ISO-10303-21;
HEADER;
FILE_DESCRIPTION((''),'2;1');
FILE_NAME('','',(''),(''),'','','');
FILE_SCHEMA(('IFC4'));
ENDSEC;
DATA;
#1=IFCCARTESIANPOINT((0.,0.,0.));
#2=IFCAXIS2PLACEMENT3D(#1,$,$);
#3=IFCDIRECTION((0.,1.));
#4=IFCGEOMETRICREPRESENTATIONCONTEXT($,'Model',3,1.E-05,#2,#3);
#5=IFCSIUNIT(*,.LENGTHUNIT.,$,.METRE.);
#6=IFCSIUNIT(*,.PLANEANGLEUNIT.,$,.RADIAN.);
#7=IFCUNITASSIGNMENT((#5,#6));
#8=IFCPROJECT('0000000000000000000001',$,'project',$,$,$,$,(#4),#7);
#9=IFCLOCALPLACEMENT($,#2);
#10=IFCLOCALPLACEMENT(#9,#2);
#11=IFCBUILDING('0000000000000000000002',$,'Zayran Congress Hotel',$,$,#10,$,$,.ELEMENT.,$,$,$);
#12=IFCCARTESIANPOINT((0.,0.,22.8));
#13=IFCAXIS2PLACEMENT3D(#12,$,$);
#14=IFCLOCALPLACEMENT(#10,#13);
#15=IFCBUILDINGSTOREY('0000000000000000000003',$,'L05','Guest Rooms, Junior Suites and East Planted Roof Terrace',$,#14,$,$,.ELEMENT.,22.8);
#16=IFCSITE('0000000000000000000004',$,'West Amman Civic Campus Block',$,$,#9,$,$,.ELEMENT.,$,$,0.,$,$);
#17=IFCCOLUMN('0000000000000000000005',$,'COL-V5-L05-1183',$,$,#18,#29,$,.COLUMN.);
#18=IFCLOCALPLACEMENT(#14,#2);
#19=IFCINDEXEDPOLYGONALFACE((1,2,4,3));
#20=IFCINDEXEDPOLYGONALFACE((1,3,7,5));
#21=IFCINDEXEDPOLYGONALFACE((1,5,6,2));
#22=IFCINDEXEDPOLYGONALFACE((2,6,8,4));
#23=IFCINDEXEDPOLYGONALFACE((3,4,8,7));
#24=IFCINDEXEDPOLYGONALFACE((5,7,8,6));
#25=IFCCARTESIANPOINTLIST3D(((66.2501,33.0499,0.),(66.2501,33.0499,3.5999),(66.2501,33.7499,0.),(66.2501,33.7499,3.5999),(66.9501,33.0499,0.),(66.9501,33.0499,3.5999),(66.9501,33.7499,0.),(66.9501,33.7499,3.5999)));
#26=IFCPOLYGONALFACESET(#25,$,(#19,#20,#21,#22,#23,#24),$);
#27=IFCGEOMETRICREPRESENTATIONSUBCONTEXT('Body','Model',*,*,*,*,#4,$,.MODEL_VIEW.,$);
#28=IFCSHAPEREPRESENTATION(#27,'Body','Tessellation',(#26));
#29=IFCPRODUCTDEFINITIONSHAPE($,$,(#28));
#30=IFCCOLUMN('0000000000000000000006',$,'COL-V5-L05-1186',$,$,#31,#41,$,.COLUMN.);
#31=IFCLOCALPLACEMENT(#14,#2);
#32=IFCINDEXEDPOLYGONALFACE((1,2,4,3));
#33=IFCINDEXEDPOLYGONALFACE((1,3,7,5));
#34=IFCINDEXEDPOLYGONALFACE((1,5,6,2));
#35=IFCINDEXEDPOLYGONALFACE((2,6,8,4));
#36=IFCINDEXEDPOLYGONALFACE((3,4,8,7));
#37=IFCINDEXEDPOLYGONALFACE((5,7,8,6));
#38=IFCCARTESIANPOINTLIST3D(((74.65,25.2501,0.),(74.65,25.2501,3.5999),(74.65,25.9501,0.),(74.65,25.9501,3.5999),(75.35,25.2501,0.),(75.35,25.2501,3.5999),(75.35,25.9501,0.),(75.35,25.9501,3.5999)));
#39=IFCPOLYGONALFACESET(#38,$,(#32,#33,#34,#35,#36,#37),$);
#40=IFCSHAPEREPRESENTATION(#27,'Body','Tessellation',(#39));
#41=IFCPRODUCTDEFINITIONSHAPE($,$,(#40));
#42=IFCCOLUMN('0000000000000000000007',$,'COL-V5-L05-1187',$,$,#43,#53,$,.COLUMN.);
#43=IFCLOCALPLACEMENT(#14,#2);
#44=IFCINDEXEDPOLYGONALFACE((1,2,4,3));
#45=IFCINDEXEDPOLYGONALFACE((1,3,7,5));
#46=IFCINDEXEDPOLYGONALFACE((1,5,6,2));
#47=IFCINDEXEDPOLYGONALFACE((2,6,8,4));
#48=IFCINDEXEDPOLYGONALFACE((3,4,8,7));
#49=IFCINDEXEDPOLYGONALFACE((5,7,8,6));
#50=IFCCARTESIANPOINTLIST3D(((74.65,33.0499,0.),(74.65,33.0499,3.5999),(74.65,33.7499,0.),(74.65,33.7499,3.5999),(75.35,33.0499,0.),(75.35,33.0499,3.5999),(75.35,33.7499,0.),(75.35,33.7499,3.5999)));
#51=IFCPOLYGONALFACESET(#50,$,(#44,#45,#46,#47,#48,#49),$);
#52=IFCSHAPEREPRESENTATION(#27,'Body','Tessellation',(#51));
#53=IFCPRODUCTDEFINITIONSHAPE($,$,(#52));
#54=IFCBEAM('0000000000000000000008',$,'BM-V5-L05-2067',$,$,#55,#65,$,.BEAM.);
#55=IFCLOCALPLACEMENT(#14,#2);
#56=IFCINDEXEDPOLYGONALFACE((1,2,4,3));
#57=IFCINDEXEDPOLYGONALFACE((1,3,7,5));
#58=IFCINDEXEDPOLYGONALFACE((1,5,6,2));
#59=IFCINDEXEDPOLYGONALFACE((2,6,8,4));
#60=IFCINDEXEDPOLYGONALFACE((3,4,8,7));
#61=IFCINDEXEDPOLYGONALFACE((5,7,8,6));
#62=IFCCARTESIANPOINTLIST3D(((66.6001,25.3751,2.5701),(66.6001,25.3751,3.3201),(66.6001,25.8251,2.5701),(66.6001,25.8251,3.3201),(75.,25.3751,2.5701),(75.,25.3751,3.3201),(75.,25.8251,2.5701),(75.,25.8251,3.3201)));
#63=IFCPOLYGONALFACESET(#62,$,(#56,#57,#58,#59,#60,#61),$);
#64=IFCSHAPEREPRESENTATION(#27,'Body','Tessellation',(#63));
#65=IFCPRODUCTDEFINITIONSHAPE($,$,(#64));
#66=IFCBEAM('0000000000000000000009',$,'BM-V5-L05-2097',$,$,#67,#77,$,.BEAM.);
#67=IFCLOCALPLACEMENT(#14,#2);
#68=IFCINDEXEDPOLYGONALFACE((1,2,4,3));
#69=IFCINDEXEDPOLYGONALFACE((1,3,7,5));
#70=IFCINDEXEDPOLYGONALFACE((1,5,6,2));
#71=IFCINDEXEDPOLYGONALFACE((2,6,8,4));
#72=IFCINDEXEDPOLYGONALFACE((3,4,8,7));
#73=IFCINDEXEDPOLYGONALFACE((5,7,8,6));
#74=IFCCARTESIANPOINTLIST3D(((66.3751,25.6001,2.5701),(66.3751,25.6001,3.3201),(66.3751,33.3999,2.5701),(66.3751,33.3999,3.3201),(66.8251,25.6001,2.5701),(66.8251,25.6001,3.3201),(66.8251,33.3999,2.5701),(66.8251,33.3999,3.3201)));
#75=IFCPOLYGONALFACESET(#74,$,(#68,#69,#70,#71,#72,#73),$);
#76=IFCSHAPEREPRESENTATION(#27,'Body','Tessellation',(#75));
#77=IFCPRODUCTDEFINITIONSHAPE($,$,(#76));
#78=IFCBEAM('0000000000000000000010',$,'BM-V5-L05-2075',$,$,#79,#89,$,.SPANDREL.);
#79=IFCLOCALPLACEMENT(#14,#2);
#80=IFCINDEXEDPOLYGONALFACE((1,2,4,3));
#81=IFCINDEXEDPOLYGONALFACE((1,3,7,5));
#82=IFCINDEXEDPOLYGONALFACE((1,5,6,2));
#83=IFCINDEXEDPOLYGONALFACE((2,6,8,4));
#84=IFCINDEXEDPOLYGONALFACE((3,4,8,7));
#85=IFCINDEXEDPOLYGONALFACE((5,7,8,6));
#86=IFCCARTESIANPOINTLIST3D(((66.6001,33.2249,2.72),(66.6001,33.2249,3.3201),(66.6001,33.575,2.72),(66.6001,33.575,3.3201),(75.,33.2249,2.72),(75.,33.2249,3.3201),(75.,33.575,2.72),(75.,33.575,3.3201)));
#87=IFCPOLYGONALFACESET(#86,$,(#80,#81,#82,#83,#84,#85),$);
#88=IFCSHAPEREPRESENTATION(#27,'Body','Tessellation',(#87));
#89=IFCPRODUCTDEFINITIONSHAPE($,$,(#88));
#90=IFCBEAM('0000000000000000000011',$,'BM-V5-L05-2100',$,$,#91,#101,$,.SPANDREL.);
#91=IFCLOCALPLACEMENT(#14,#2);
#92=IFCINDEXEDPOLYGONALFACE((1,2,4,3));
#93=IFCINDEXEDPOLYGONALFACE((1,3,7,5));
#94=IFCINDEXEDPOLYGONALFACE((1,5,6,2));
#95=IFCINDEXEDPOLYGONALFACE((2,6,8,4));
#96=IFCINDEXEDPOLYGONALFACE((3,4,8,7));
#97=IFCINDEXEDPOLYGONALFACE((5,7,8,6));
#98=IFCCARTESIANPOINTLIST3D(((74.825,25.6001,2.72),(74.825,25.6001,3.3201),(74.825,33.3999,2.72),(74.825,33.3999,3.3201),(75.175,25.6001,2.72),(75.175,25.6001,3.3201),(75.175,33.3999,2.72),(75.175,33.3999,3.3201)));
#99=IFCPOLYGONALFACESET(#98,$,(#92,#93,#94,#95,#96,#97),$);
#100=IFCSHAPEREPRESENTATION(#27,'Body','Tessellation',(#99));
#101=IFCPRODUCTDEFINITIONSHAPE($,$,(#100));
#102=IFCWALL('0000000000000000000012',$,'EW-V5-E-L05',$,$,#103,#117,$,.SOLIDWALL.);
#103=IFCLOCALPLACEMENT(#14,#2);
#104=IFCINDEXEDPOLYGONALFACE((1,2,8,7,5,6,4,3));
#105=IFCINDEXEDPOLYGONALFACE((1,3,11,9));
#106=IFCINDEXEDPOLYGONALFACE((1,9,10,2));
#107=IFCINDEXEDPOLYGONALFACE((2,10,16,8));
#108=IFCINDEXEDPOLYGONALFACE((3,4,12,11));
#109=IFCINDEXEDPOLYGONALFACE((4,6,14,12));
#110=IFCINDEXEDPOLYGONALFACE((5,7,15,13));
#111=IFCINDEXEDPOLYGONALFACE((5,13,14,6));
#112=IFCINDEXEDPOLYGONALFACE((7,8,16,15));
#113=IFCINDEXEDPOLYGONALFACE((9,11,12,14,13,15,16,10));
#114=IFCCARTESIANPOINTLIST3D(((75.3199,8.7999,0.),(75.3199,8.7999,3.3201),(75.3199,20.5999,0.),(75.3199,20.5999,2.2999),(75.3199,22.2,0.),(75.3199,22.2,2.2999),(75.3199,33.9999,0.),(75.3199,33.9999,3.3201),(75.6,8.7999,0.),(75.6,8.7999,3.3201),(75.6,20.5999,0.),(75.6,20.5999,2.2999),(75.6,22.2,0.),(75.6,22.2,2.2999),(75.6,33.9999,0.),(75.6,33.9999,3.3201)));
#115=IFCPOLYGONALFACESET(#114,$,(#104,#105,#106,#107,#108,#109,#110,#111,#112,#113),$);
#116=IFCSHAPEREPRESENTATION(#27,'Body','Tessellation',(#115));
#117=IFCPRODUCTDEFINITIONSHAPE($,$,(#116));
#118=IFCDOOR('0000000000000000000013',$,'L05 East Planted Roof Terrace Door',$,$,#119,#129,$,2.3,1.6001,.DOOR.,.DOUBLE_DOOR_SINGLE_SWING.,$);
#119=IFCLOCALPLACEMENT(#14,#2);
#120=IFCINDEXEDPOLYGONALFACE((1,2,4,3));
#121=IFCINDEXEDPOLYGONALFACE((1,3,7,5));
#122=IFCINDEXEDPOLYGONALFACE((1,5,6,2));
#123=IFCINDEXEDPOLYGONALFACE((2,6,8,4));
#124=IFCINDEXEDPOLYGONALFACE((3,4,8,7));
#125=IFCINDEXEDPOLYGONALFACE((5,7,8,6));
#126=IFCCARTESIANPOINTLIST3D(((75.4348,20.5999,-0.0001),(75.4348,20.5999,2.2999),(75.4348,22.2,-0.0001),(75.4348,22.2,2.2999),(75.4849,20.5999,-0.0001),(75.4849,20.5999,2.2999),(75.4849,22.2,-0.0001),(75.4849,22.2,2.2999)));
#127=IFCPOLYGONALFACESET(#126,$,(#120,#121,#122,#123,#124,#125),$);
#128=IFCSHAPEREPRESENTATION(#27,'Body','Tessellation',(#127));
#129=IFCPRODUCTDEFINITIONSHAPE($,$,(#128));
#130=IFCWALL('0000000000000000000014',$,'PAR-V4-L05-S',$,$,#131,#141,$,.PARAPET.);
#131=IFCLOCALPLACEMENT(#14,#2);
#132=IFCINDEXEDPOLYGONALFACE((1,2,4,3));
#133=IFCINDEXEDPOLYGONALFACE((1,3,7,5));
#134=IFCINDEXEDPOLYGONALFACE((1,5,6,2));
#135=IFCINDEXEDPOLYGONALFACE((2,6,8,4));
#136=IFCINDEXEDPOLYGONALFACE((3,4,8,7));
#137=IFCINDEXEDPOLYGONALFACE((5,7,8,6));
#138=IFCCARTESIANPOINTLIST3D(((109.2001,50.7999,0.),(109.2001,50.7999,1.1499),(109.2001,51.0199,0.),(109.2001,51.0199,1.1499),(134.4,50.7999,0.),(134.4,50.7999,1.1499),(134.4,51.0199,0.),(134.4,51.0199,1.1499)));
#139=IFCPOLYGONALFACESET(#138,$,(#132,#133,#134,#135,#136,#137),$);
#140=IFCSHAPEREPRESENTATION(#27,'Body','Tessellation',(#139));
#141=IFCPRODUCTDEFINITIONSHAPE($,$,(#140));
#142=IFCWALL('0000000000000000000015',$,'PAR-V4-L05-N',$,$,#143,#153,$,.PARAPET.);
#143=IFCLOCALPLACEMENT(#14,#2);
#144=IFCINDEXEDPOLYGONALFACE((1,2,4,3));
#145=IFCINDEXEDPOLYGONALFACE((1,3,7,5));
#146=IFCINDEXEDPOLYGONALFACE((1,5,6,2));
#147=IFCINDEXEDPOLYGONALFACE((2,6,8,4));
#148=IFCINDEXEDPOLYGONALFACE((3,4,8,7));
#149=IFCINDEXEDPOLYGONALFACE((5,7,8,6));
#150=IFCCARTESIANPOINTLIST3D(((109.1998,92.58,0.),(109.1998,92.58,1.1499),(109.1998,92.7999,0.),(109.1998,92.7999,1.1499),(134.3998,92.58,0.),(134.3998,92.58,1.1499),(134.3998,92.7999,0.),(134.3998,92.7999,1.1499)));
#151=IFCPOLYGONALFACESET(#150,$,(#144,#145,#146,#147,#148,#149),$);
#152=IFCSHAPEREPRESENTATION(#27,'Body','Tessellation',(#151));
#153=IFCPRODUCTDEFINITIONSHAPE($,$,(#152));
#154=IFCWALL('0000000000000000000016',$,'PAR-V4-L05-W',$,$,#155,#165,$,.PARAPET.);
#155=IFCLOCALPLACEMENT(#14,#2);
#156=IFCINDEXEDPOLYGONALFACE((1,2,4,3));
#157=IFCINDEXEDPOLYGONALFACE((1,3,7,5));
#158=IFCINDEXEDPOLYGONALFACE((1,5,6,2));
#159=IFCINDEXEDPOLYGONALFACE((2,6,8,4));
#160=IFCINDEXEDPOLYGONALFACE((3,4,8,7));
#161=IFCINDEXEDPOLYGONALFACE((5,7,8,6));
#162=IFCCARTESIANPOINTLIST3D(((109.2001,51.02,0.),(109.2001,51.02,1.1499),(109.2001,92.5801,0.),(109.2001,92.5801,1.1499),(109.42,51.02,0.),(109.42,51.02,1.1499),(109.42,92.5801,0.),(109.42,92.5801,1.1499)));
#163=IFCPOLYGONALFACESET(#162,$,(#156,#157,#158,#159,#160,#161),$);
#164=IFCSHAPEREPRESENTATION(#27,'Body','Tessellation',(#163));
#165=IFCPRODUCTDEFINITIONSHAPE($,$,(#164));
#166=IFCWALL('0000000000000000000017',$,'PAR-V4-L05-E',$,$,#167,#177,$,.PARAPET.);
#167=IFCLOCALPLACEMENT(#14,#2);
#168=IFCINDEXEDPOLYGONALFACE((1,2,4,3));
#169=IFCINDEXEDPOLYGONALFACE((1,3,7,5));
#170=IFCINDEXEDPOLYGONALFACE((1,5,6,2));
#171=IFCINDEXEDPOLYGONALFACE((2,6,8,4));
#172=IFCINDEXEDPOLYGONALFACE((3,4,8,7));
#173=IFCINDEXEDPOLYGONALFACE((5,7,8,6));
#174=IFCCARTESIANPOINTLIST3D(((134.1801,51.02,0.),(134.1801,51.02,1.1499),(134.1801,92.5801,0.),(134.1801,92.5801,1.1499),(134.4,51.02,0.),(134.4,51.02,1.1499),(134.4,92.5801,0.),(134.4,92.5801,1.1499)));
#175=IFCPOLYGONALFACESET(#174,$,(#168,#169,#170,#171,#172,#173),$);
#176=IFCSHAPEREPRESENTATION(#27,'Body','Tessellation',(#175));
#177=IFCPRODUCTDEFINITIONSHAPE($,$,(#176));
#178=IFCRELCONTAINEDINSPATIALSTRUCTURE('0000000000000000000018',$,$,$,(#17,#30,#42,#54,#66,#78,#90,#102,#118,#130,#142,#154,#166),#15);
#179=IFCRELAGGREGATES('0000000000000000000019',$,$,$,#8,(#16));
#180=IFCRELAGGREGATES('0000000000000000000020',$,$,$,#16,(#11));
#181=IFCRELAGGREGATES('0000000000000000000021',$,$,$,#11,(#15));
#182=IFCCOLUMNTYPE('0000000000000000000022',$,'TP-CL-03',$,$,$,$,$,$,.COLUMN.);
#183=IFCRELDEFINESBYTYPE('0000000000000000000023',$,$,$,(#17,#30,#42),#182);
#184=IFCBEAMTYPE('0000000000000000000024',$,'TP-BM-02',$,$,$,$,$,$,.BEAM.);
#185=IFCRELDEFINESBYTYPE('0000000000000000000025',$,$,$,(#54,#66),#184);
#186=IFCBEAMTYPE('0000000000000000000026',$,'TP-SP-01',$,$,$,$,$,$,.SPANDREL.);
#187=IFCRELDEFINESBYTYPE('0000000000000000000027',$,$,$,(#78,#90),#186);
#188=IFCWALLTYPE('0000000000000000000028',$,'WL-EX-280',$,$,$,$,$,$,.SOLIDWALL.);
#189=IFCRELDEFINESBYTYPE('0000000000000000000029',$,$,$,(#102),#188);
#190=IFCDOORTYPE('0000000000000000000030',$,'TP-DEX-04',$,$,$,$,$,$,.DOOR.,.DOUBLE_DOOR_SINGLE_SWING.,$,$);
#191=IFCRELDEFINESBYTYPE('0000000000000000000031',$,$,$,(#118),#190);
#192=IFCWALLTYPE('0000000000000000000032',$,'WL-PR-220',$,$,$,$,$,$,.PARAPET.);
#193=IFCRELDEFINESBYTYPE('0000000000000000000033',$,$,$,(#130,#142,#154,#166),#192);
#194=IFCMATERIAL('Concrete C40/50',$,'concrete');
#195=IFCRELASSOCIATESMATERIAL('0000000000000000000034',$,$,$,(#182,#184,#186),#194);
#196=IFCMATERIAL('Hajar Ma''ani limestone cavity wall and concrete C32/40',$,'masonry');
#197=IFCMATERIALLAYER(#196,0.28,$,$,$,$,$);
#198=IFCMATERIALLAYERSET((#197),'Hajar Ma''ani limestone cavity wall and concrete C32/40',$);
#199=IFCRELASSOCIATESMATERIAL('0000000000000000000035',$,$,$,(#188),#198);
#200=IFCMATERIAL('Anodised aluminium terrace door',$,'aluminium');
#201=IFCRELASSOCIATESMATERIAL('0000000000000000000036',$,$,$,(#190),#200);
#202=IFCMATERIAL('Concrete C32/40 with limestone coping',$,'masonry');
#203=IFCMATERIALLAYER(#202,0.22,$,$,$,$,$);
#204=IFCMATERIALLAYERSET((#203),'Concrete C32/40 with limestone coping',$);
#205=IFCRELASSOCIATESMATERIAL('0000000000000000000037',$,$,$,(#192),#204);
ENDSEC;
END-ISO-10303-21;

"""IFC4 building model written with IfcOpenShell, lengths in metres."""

from ifc_helpers import new_model, si_unit, direction, frame, frame_2d, origin, origin_2d, place, context, subcontext, project, spatial, rectangle, extrude, material, layer, layer_set, material_profile, profile_set, type_object, element, fill, save


model = new_model("IFC4")

# Units and contexts
model_context = context("Model", 3, precision=1e-05, world=origin(), true_north=direction((0.0, 1.0)))
body_context = subcontext(model_context, "Body", "Model", "MODEL_VIEW")
ifc_project = project(units=[si_unit("LENGTHUNIT", "METRE"), si_unit("PLANEANGLEUNIT", "RADIAN")], contexts=[model_context])

# Site, building, storey
site_placement = place(None, origin())
site = spatial("IfcSite", under=ifc_project, at=site_placement, Name="West Amman Civic Campus Block", CompositionType="ELEMENT", RefElevation=0.0)
building_placement = place(site_placement, origin())
building = spatial("IfcBuilding", under=site, at=building_placement, Name="Zayran Congress Hotel", CompositionType="ELEMENT")
storey_placement = place(building_placement, frame((0.0, 0.0, 22.8)))
storey = spatial("IfcBuildingStorey", under=building, at=storey_placement, Name="L05", Description="Guest Rooms, Junior Suites and East Planted Roof Terrace", CompositionType="ELEMENT", Elevation=22.8)

# Columns
ifc_material_1 = material(Name="Concrete C40/50", Category="concrete")
ifc_material_profile_1 = material_profile(ifc_material_1, rectangle(XDim=0.7, YDim=0.7, at=origin_2d()), Name="RC 700x700")
ifc_profile_set_1 = profile_set([ifc_material_profile_1], Name="Concrete C40/50")
column_type = type_object("IfcColumnType", Name="TP-CL-03", PredefinedType="COLUMN", material=ifc_profile_set_1)
for number, where, z_axis, x_axis, name in (
    (1, (66.6001, 33.3999, 0.0), (0.0, 0.0, 1.0), (1.0, 0.0, 0.0), "COL-V5-L05-1183"),
    (2, (75.0, 25.6001, 0.0), (0.0, 0.0, 1.0), (1.0, 0.0, 0.0), "COL-V5-L05-1186"),
    (3, (75.0, 33.3999, 0.0), (0.0, 0.0, 1.0), (1.0, 0.0, 0.0), "COL-V5-L05-1187"),
):
    element("IfcColumn", number, at=place(storey_placement, frame(where, z_axis=z_axis, x_axis=x_axis)), inside=storey, type_object=column_type, Name=name, PredefinedType="COLUMN", context=body_context, shape_type="SweptSolid", body=[
        extrude(rectangle(XDim=0.7, YDim=0.7, at=origin_2d()), origin(), (0.0, 0.0, 1.0), 3.5999),
    ])

# Beams
ifc_material_profile_2 = material_profile(ifc_material_1, rectangle(XDim=0.45, YDim=0.75, at=origin_2d()), Name="RC 450x750")
ifc_profile_set_2 = profile_set([ifc_material_profile_2], Name="Concrete C40/50")
beam_type_1 = type_object("IfcBeamType", Name="TP-BM-02", PredefinedType="BEAM", material=ifc_profile_set_2)
beam_1_placement = place(storey_placement, frame((66.6001, 25.6001, 2.9451), z_axis=(1.0, 0.0, 0.0), x_axis=(0.0, 1.0, 0.0)))
element("IfcBeam", 4, at=beam_1_placement, inside=storey, type_object=beam_type_1, Name="BM-V5-L05-2067", PredefinedType="BEAM", context=body_context, shape_type="SweptSolid", body=[
    extrude(rectangle(XDim=0.45, YDim=0.75, at=origin_2d()), origin(), (0.0, 0.0, 1.0), 8.3999),
])
beam_2_placement = place(storey_placement, frame((66.6001, 25.6001, 2.9451), z_axis=(0.0, 1.0, 0.0), x_axis=(-1.0, 0.0, 0.0)))
element("IfcBeam", 5, at=beam_2_placement, inside=storey, type_object=beam_type_1, Name="BM-V5-L05-2097", PredefinedType="BEAM", context=body_context, shape_type="SweptSolid", body=[
    extrude(rectangle(XDim=0.45, YDim=0.75, at=origin_2d()), origin(), (0.0, 0.0, 1.0), 7.7998),
])
ifc_material_profile_3 = material_profile(ifc_material_1, rectangle(XDim=0.3501, YDim=0.6001, at=origin_2d()), Name="RC 350x600")
ifc_profile_set_3 = profile_set([ifc_material_profile_3], Name="Concrete C40/50")
beam_type_2 = type_object("IfcBeamType", Name="TP-SP-01", PredefinedType="SPANDREL", material=ifc_profile_set_3)
beam_3_placement = place(storey_placement, frame((66.6001, 33.3999, 3.02), z_axis=(1.0, 0.0, 0.0), x_axis=(0.0, 1.0, 0.0)))
element("IfcBeam", 6, at=beam_3_placement, inside=storey, type_object=beam_type_2, Name="BM-V5-L05-2075", PredefinedType="SPANDREL", context=body_context, shape_type="SweptSolid", body=[
    extrude(rectangle(XDim=0.3501, YDim=0.6001, at=origin_2d()), origin(), (0.0, 0.0, 1.0), 8.3999),
])
beam_4_placement = place(storey_placement, frame((75.0, 25.6001, 3.02), z_axis=(0.0, 1.0, 0.0), x_axis=(-1.0, 0.0, 0.0)))
element("IfcBeam", 7, at=beam_4_placement, inside=storey, type_object=beam_type_2, Name="BM-V5-L05-2100", PredefinedType="SPANDREL", context=body_context, shape_type="SweptSolid", body=[
    extrude(rectangle(XDim=0.3501, YDim=0.6001, at=origin_2d()), origin(), (0.0, 0.0, 1.0), 7.7998),
])

# Wall, opening, door
ifc_material_2 = material(Name="Hajar Ma'ani limestone cavity wall and concrete C32/40", Category="masonry")
ifc_layer_1 = layer(ifc_material_2, 0.28)
ifc_layer_set_1 = layer_set([ifc_layer_1], Name="Hajar Ma'ani limestone cavity wall and concrete C32/40")
wall_type_1 = type_object("IfcWallType", Name="WL-EX-280", PredefinedType="SOLIDWALL", material=ifc_layer_set_1)
wall_1_placement = place(storey_placement, frame((75.46, 34.0, 0.0), z_axis=(0.0, 0.0, 1.0), x_axis=(0.0, -1.0, 0.0)))
wall_1 = element("IfcWall", 8, at=wall_1_placement, inside=storey, type_object=wall_type_1, Name="EW-V5-E-L05", PredefinedType="SOLIDWALL", context=body_context, shape_type="SweptSolid", body=[
    extrude(rectangle(XDim=25.2, YDim=0.28, at=frame_2d((12.6001, 0.0))), origin(), (0.0, 0.0, 1.0), 3.3201),
])
opening_1_placement = place(wall_1_placement, frame((11.8, 0.0, 0.0)))
opening_1 = element("IfcOpeningElement", 9, at=opening_1_placement, cuts=wall_1, PredefinedType="OPENING", context=body_context, shape_type="SweptSolid", body=[
    extrude(rectangle(XDim=1.6001, YDim=2.3, at=frame_2d((0.8, 1.1499))), frame((0.0, 0.1499, 0.0), z_axis=(0.0, -1.0, 0.0), x_axis=(1.0, 0.0, 0.0)), (0.0, 0.0, 1.0), 0.3),
])
ifc_material_3 = material(Name="Anodised aluminium terrace door", Category="aluminium")
door_type_1 = type_object("IfcDoorType", Name="TP-DEX-04", OperationType="DOUBLE_DOOR_SINGLE_SWING", PredefinedType="DOOR", material=ifc_material_3)
door_1_placement = place(opening_1_placement, origin())
door_1 = element("IfcDoor", 10, at=door_1_placement, inside=storey, type_object=door_type_1, Name="L05 East Planted Roof Terrace Door", OperationType="DOUBLE_DOOR_SINGLE_SWING", OverallHeight=2.3, OverallWidth=1.6001, PredefinedType="DOOR", context=body_context, shape_type="SweptSolid", body=[
    extrude(rectangle(XDim=1.6001, YDim=2.3, at=frame_2d((0.8, 1.1499))), frame((0.0, 0.0249, 0.0), z_axis=(0.0, -1.0, 0.0), x_axis=(1.0, 0.0, 0.0)), (0.0, 0.0, 1.0), 0.05),
])
fill(opening_1, door_1)

# Walls
ifc_material_4 = material(Name="Concrete C32/40 with limestone coping", Category="masonry")
ifc_layer_2 = layer(ifc_material_4, 0.22)
ifc_layer_set_2 = layer_set([ifc_layer_2], Name="Concrete C32/40 with limestone coping")
wall_type_2 = type_object("IfcWallType", Name="WL-PR-220", PredefinedType="PARAPET", material=ifc_layer_set_2)
for number, where, z_axis, x_axis, name in (
    (11, (109.2, 50.9099, 0.0), (0.0, 0.0, 1.0), (1.0, 0.0, 0.0), "PAR-V4-L05-S"),
    (12, (134.3999, 92.6899, 0.0), (0.0, 0.0, 1.0), (-1.0, 0.0, 0.0), "PAR-V4-L05-N"),
):
    element("IfcWall", number, at=place(storey_placement, frame(where, z_axis=z_axis, x_axis=x_axis)), inside=storey, type_object=wall_type_2, Name=name, PredefinedType="PARAPET", context=body_context, shape_type="SweptSolid", body=[
        extrude(rectangle(XDim=25.2, YDim=0.22, at=frame_2d((12.6001, 0.0))), origin(), (0.0, 0.0, 1.0), 1.1499),
    ])
for number, where, z_axis, x_axis, name in (
    (13, (109.3101, 92.5801, 0.0), (0.0, 0.0, 1.0), (0.0, -1.0, 0.0), "PAR-V4-L05-W"),
    (14, (134.29, 51.02, 0.0), (0.0, 0.0, 1.0), (0.0, 1.0, 0.0), "PAR-V4-L05-E"),
):
    element("IfcWall", number, at=place(storey_placement, frame(where, z_axis=z_axis, x_axis=x_axis)), inside=storey, type_object=wall_type_2, Name=name, PredefinedType="PARAPET", context=body_context, shape_type="SweptSolid", body=[
        extrude(rectangle(XDim=41.5601, YDim=0.22, at=frame_2d((20.78, 0.0))), origin(), (0.0, 0.0, 1.0), 1.1499),
    ])

save(model, "model.ifc")
